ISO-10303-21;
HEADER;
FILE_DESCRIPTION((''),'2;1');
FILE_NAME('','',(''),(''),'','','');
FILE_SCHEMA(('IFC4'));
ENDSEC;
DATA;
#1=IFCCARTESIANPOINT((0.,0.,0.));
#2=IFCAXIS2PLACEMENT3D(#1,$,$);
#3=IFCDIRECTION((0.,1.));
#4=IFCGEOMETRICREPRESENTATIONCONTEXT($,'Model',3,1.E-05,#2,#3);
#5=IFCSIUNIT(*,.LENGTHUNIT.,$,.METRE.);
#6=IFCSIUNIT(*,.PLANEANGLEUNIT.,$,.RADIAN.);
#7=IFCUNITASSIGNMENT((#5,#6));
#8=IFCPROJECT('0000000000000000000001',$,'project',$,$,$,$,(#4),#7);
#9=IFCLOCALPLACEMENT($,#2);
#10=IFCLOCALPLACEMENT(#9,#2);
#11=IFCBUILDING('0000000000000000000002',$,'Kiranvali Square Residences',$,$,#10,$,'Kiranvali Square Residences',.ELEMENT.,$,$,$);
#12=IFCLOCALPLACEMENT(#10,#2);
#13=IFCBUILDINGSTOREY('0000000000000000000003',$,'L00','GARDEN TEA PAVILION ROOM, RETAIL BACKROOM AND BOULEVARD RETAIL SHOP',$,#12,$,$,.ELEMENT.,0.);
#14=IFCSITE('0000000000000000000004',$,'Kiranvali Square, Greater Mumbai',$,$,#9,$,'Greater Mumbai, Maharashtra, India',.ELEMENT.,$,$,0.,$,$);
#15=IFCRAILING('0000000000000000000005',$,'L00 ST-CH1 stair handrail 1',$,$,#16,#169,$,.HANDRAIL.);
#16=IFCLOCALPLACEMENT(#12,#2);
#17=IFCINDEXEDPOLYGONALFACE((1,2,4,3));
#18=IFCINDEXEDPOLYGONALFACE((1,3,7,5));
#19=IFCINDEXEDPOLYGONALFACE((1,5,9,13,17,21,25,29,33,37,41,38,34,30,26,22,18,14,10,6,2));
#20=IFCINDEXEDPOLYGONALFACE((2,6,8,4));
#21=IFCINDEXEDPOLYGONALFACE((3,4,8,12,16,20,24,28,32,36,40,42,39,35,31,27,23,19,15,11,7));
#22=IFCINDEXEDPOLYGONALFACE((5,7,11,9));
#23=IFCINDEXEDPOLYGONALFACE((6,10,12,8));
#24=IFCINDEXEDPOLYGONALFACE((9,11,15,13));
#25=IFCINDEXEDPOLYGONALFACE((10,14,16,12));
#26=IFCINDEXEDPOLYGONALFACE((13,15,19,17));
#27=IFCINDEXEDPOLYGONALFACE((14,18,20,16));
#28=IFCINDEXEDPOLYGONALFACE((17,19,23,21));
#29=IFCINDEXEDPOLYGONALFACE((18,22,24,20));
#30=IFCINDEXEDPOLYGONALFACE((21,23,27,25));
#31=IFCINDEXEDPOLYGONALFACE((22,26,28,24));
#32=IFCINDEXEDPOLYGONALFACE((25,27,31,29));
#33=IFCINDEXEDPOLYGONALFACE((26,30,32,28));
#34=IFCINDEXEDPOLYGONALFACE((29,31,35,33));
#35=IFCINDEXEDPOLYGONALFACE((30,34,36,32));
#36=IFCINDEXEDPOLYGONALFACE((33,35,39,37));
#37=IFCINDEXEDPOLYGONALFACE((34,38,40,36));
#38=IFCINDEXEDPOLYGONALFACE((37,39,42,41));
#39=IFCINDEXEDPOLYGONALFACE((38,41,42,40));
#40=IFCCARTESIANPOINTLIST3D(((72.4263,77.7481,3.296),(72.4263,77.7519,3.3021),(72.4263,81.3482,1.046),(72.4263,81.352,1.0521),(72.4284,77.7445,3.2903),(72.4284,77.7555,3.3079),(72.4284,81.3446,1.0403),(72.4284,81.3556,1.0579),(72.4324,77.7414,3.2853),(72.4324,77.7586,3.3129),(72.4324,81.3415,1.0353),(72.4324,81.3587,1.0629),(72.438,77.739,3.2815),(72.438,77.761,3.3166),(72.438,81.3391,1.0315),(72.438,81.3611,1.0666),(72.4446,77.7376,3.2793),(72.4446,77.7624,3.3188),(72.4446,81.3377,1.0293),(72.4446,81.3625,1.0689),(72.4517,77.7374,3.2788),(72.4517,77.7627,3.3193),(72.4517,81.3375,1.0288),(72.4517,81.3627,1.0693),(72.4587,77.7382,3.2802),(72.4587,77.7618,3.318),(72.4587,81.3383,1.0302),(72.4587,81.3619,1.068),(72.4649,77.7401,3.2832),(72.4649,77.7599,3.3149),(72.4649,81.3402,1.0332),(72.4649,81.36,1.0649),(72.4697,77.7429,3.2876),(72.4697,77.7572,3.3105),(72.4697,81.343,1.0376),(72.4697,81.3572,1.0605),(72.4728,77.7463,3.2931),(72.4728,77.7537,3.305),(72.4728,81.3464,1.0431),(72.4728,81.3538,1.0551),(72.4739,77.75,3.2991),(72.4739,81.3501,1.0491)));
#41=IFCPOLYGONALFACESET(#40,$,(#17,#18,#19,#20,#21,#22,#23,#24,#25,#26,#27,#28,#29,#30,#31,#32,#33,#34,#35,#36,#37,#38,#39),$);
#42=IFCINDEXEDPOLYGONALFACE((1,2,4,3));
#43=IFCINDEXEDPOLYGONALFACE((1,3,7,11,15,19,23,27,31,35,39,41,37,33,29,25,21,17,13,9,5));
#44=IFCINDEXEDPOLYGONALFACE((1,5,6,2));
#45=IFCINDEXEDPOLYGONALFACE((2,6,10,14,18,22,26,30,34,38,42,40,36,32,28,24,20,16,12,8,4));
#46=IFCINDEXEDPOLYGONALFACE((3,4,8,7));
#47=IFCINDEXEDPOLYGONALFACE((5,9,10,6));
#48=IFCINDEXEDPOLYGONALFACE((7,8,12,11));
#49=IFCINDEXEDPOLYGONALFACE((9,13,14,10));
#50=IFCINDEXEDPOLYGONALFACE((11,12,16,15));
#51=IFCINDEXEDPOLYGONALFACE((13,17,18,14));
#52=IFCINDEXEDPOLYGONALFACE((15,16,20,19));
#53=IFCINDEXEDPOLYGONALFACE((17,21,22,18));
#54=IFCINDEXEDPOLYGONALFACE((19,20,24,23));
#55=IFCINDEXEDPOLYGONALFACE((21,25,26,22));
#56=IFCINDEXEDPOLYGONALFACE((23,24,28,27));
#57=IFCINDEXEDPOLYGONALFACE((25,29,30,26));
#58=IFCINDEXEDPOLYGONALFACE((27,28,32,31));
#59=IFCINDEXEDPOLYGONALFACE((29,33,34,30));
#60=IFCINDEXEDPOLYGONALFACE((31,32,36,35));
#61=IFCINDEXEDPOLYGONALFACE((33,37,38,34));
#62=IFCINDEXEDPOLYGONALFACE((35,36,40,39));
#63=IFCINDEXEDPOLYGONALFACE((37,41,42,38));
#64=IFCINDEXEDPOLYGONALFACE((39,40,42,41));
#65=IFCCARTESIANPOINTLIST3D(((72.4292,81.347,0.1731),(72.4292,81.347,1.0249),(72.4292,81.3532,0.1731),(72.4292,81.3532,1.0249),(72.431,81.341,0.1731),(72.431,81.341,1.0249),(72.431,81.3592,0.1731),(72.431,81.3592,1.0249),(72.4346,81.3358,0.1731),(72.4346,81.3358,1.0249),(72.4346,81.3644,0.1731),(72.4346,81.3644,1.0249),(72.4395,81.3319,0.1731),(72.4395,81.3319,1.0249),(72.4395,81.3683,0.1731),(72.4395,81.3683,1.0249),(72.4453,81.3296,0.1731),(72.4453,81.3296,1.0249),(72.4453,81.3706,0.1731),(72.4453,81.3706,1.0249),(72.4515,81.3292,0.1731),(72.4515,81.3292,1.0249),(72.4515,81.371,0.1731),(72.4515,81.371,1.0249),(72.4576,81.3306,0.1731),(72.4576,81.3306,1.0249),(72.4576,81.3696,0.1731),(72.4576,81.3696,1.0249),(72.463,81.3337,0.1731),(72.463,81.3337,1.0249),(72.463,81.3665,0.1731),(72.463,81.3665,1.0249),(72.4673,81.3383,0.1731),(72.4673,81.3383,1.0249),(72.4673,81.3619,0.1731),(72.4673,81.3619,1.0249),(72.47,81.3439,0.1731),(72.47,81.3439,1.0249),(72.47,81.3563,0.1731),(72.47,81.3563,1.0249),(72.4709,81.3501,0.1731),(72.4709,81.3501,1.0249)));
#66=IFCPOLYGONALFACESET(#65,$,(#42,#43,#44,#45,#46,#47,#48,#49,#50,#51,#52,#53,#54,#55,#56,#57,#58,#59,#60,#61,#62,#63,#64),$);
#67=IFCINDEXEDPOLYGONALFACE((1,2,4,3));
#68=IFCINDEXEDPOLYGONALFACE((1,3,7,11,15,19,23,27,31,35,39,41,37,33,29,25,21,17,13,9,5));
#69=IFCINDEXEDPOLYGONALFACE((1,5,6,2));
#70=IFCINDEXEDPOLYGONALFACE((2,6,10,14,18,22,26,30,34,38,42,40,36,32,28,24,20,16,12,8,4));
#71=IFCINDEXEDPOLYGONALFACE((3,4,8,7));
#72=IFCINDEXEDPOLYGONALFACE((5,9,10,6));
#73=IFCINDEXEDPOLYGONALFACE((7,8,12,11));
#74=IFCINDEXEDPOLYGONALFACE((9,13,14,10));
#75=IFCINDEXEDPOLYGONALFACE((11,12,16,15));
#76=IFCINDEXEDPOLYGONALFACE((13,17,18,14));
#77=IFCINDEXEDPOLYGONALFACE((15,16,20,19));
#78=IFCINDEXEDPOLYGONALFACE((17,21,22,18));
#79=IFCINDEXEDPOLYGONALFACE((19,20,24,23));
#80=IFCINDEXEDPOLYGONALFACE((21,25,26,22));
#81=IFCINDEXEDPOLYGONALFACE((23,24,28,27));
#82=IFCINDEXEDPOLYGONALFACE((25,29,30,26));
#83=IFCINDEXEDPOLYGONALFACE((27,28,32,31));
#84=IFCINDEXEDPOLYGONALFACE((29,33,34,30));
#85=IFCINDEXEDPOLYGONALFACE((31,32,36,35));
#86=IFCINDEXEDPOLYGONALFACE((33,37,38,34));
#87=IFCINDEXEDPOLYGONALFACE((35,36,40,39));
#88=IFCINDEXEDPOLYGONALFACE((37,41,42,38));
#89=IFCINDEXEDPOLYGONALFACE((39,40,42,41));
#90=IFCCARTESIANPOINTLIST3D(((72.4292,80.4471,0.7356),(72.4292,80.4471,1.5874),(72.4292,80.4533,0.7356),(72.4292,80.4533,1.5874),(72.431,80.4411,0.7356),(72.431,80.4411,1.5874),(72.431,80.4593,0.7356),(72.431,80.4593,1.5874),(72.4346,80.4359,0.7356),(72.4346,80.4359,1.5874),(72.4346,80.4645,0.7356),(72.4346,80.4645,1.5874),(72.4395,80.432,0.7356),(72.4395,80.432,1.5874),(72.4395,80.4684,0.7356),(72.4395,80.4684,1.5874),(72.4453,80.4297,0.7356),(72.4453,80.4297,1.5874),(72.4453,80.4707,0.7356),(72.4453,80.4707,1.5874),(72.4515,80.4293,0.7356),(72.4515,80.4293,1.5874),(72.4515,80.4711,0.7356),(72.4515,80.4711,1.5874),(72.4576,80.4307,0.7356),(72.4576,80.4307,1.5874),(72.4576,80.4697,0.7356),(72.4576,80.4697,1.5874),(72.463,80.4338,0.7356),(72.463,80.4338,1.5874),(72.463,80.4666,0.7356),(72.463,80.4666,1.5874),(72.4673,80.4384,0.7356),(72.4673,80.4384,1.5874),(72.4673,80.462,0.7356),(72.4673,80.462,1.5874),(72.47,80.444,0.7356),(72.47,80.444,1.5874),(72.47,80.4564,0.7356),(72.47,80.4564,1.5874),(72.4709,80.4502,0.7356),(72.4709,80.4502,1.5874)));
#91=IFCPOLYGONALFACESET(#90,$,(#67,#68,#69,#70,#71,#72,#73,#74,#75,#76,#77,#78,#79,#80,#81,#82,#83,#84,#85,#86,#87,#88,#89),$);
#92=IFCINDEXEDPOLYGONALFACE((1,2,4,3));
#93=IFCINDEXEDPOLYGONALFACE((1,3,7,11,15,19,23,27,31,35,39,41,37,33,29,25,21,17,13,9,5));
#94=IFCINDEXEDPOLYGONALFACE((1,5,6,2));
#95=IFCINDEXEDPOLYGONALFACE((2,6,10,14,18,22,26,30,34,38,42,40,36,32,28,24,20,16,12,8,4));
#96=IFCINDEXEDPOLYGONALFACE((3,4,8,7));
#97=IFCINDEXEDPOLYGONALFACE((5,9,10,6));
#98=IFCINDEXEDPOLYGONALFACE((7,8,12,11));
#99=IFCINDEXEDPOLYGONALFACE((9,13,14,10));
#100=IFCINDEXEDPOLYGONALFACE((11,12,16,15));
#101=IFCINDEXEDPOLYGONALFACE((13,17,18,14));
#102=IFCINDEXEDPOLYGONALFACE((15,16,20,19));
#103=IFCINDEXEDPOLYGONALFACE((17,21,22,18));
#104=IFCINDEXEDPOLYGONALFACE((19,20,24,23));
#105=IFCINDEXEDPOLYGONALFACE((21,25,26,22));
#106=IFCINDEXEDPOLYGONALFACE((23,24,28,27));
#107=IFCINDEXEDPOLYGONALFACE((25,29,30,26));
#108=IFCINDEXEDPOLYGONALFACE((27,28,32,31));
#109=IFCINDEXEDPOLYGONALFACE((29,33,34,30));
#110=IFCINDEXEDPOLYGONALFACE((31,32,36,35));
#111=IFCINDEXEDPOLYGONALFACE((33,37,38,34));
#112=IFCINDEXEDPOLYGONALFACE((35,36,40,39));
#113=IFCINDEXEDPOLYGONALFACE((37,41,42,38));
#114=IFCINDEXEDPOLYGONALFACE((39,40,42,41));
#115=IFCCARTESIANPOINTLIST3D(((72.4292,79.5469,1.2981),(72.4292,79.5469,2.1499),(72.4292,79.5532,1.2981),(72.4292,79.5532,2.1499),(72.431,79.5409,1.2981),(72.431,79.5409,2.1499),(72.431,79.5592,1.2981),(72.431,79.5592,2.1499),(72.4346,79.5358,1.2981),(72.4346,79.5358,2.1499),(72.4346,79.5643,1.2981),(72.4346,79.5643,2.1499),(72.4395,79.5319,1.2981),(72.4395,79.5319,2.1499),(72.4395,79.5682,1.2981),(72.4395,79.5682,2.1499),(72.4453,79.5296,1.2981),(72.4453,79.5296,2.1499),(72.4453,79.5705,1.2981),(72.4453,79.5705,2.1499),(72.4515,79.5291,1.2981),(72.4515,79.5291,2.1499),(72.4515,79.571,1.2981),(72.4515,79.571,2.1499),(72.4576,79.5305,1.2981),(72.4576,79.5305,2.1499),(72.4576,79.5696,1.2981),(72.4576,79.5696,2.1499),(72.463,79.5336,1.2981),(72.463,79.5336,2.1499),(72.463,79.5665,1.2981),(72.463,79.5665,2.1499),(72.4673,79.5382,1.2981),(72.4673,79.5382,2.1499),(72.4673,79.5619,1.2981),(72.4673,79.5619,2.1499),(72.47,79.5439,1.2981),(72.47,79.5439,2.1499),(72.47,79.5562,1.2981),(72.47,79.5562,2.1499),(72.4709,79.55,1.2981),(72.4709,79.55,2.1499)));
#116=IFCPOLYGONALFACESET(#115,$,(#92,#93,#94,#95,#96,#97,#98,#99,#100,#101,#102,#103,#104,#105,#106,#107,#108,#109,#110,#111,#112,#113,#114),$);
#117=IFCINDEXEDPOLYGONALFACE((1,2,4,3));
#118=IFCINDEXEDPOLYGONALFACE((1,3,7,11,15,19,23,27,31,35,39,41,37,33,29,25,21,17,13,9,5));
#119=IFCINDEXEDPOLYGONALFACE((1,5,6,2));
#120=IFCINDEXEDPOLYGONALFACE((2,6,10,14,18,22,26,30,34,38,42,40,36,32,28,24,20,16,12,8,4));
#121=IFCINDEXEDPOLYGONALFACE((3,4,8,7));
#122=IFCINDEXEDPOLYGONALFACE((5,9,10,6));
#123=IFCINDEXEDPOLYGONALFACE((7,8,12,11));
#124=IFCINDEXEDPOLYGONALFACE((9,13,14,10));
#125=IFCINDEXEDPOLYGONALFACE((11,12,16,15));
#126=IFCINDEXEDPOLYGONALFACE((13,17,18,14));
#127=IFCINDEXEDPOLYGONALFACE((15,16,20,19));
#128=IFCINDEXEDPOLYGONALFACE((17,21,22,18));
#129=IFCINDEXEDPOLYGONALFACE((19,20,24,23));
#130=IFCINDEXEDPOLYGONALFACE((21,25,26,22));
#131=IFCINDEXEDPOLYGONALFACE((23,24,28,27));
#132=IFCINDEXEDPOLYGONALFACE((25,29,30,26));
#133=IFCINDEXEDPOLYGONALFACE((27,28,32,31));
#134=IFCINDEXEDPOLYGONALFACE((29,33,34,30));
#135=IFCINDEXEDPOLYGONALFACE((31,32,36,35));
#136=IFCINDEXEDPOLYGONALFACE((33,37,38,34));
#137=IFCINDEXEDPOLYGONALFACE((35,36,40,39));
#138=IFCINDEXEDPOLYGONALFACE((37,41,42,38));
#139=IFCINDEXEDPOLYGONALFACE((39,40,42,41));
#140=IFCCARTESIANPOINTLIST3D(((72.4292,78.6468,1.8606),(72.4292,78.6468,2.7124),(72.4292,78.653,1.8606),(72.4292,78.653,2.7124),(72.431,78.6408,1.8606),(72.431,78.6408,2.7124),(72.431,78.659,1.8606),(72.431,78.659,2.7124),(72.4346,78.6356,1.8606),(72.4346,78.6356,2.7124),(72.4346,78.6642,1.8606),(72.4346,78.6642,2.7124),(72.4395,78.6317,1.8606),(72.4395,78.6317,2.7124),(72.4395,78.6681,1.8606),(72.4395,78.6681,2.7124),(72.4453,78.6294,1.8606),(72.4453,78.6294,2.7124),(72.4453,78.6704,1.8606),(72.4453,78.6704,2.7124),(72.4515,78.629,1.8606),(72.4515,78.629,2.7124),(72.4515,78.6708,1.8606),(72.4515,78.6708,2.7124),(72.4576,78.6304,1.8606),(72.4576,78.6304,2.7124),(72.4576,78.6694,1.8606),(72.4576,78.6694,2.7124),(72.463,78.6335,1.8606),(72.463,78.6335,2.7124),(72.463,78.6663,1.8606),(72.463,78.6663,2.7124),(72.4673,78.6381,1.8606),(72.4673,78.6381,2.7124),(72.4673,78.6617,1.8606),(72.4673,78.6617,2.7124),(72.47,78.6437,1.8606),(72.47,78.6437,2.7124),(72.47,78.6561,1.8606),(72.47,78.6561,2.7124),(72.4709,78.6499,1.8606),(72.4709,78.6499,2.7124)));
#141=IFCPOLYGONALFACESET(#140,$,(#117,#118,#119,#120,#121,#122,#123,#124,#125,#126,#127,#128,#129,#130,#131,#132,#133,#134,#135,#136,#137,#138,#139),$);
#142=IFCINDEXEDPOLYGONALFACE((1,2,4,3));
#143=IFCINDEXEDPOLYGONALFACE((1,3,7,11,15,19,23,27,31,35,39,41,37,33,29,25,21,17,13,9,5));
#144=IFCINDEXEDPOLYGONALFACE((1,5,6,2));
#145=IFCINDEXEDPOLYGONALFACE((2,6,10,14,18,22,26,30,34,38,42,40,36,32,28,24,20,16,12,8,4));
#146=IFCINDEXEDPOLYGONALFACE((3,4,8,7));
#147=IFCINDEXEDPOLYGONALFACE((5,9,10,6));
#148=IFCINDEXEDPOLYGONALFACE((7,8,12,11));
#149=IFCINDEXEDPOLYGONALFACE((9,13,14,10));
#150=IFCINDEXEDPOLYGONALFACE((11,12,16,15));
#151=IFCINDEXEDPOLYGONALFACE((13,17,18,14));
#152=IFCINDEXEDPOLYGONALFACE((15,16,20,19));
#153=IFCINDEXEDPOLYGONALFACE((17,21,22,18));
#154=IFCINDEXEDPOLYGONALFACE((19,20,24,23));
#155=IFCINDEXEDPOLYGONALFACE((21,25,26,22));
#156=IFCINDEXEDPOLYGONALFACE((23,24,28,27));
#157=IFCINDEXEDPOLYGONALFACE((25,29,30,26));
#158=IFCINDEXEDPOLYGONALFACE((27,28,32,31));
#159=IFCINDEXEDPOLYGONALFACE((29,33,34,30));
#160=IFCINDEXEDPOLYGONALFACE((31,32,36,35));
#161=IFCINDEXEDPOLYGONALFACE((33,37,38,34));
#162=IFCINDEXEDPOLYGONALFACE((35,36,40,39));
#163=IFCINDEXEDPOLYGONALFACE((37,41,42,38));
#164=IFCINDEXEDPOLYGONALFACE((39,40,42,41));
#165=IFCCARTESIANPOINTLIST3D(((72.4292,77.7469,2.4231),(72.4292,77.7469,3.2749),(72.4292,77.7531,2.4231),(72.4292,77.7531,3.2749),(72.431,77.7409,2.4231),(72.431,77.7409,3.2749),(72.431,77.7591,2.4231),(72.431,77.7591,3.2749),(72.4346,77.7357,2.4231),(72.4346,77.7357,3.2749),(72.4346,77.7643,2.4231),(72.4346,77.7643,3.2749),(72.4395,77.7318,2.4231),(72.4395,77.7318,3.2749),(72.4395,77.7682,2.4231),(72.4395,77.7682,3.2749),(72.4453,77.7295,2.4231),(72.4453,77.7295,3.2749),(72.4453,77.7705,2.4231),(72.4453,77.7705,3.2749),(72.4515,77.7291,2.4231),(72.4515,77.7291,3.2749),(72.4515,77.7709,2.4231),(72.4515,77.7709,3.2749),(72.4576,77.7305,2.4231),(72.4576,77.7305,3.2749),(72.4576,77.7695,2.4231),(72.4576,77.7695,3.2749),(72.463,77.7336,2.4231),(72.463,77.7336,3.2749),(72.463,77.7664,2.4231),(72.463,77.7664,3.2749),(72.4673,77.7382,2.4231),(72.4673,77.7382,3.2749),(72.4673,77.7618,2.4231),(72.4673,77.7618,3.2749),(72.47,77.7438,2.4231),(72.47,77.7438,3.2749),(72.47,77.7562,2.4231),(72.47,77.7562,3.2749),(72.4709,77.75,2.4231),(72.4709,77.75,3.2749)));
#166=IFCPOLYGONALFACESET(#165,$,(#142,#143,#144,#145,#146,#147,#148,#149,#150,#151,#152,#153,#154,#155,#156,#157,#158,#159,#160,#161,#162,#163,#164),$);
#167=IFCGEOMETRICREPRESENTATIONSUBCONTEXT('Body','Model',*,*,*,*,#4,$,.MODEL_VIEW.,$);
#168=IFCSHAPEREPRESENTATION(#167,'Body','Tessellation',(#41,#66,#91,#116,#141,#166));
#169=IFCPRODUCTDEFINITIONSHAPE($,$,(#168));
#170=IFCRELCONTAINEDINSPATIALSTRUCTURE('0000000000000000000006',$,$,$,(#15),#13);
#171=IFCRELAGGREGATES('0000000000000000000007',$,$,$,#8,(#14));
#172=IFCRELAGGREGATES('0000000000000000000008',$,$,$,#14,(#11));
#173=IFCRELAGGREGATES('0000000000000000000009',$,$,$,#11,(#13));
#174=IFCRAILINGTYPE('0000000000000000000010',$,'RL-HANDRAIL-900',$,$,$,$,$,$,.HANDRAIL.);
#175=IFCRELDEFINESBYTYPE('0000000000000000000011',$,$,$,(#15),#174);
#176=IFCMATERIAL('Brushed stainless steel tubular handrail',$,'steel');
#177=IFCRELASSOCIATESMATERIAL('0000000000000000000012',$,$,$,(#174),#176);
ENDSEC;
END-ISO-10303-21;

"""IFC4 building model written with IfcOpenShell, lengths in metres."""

from ifc_helpers import new_model, si_unit, direction, frame, origin, origin_2d, place, context, subcontext, project, spatial, circle, extrude, material, type_object, element, save


model = new_model("IFC4")

# Units and contexts
model_context = context("Model", 3, precision=1e-05, world=origin(), true_north=direction((0.0, 1.0)))
body_context = subcontext(model_context, "Body", "Model", "MODEL_VIEW")
ifc_project = project(units=[si_unit("LENGTHUNIT", "METRE"), si_unit("PLANEANGLEUNIT", "RADIAN")], contexts=[model_context])

# Site, building, storey
site_placement = place(None, origin())
site = spatial("IfcSite", under=ifc_project, at=site_placement, Name="Kiranvali Square, Greater Mumbai", LongName="Greater Mumbai, Maharashtra, India", CompositionType="ELEMENT", RefElevation=0.0)
building_placement = place(site_placement, origin())
building = spatial("IfcBuilding", under=site, at=building_placement, Name="Kiranvali Square Residences", LongName="Kiranvali Square Residences", CompositionType="ELEMENT")
storey_placement = place(building_placement, origin())
storey = spatial("IfcBuildingStorey", under=building, at=storey_placement, Name="L00", Description="GARDEN TEA PAVILION ROOM, RETAIL BACKROOM AND BOULEVARD RETAIL SHOP", CompositionType="ELEMENT", Elevation=0.0)

# Railing
ifc_material_1 = material(Name="Brushed stainless steel tubular handrail", Category="steel")
railing_type_1 = type_object("IfcRailingType", Name="RL-HANDRAIL-900", PredefinedType="HANDRAIL", material=ifc_material_1)
railing_1_placement = place(storey_placement, frame((72.45, 81.3501, 0.1731)))
element("IfcRailing", 1, at=railing_1_placement, inside=storey, type_object=railing_type_1, Name="L00 ST-CH1 stair handrail 1", PredefinedType="HANDRAIL", context=body_context, shape_type="SweptSolid", body=[
    extrude(circle(Radius=0.0239, at=origin_2d()), frame((0.0, 0.0, 0.876), z_axis=(0.0, -0.848005, 0.529989), x_axis=(1.0, 0.0, 0.0)), (0.0, 0.0, 1.0), 4.2454),
    extrude(circle(Radius=0.021, at=origin_2d()), origin(), (0.0, 0.0, 1.0), 0.8518),
    extrude(circle(Radius=0.021, at=origin_2d()), frame((0.0, -0.8999, 0.5625)), (0.0, 0.0, 1.0), 0.8518),
    extrude(circle(Radius=0.021, at=origin_2d()), frame((0.0, -1.8, 1.125)), (0.0, 0.0, 1.0), 0.8518),
    extrude(circle(Radius=0.021, at=origin_2d()), frame((0.0, -2.7002, 1.6875)), (0.0, 0.0, 1.0), 0.8518),
    extrude(circle(Radius=0.021, at=origin_2d()), frame((0.0, -3.6001, 2.25)), (0.0, 0.0, 1.0), 0.8518),
])

save(model, "model.ifc")
